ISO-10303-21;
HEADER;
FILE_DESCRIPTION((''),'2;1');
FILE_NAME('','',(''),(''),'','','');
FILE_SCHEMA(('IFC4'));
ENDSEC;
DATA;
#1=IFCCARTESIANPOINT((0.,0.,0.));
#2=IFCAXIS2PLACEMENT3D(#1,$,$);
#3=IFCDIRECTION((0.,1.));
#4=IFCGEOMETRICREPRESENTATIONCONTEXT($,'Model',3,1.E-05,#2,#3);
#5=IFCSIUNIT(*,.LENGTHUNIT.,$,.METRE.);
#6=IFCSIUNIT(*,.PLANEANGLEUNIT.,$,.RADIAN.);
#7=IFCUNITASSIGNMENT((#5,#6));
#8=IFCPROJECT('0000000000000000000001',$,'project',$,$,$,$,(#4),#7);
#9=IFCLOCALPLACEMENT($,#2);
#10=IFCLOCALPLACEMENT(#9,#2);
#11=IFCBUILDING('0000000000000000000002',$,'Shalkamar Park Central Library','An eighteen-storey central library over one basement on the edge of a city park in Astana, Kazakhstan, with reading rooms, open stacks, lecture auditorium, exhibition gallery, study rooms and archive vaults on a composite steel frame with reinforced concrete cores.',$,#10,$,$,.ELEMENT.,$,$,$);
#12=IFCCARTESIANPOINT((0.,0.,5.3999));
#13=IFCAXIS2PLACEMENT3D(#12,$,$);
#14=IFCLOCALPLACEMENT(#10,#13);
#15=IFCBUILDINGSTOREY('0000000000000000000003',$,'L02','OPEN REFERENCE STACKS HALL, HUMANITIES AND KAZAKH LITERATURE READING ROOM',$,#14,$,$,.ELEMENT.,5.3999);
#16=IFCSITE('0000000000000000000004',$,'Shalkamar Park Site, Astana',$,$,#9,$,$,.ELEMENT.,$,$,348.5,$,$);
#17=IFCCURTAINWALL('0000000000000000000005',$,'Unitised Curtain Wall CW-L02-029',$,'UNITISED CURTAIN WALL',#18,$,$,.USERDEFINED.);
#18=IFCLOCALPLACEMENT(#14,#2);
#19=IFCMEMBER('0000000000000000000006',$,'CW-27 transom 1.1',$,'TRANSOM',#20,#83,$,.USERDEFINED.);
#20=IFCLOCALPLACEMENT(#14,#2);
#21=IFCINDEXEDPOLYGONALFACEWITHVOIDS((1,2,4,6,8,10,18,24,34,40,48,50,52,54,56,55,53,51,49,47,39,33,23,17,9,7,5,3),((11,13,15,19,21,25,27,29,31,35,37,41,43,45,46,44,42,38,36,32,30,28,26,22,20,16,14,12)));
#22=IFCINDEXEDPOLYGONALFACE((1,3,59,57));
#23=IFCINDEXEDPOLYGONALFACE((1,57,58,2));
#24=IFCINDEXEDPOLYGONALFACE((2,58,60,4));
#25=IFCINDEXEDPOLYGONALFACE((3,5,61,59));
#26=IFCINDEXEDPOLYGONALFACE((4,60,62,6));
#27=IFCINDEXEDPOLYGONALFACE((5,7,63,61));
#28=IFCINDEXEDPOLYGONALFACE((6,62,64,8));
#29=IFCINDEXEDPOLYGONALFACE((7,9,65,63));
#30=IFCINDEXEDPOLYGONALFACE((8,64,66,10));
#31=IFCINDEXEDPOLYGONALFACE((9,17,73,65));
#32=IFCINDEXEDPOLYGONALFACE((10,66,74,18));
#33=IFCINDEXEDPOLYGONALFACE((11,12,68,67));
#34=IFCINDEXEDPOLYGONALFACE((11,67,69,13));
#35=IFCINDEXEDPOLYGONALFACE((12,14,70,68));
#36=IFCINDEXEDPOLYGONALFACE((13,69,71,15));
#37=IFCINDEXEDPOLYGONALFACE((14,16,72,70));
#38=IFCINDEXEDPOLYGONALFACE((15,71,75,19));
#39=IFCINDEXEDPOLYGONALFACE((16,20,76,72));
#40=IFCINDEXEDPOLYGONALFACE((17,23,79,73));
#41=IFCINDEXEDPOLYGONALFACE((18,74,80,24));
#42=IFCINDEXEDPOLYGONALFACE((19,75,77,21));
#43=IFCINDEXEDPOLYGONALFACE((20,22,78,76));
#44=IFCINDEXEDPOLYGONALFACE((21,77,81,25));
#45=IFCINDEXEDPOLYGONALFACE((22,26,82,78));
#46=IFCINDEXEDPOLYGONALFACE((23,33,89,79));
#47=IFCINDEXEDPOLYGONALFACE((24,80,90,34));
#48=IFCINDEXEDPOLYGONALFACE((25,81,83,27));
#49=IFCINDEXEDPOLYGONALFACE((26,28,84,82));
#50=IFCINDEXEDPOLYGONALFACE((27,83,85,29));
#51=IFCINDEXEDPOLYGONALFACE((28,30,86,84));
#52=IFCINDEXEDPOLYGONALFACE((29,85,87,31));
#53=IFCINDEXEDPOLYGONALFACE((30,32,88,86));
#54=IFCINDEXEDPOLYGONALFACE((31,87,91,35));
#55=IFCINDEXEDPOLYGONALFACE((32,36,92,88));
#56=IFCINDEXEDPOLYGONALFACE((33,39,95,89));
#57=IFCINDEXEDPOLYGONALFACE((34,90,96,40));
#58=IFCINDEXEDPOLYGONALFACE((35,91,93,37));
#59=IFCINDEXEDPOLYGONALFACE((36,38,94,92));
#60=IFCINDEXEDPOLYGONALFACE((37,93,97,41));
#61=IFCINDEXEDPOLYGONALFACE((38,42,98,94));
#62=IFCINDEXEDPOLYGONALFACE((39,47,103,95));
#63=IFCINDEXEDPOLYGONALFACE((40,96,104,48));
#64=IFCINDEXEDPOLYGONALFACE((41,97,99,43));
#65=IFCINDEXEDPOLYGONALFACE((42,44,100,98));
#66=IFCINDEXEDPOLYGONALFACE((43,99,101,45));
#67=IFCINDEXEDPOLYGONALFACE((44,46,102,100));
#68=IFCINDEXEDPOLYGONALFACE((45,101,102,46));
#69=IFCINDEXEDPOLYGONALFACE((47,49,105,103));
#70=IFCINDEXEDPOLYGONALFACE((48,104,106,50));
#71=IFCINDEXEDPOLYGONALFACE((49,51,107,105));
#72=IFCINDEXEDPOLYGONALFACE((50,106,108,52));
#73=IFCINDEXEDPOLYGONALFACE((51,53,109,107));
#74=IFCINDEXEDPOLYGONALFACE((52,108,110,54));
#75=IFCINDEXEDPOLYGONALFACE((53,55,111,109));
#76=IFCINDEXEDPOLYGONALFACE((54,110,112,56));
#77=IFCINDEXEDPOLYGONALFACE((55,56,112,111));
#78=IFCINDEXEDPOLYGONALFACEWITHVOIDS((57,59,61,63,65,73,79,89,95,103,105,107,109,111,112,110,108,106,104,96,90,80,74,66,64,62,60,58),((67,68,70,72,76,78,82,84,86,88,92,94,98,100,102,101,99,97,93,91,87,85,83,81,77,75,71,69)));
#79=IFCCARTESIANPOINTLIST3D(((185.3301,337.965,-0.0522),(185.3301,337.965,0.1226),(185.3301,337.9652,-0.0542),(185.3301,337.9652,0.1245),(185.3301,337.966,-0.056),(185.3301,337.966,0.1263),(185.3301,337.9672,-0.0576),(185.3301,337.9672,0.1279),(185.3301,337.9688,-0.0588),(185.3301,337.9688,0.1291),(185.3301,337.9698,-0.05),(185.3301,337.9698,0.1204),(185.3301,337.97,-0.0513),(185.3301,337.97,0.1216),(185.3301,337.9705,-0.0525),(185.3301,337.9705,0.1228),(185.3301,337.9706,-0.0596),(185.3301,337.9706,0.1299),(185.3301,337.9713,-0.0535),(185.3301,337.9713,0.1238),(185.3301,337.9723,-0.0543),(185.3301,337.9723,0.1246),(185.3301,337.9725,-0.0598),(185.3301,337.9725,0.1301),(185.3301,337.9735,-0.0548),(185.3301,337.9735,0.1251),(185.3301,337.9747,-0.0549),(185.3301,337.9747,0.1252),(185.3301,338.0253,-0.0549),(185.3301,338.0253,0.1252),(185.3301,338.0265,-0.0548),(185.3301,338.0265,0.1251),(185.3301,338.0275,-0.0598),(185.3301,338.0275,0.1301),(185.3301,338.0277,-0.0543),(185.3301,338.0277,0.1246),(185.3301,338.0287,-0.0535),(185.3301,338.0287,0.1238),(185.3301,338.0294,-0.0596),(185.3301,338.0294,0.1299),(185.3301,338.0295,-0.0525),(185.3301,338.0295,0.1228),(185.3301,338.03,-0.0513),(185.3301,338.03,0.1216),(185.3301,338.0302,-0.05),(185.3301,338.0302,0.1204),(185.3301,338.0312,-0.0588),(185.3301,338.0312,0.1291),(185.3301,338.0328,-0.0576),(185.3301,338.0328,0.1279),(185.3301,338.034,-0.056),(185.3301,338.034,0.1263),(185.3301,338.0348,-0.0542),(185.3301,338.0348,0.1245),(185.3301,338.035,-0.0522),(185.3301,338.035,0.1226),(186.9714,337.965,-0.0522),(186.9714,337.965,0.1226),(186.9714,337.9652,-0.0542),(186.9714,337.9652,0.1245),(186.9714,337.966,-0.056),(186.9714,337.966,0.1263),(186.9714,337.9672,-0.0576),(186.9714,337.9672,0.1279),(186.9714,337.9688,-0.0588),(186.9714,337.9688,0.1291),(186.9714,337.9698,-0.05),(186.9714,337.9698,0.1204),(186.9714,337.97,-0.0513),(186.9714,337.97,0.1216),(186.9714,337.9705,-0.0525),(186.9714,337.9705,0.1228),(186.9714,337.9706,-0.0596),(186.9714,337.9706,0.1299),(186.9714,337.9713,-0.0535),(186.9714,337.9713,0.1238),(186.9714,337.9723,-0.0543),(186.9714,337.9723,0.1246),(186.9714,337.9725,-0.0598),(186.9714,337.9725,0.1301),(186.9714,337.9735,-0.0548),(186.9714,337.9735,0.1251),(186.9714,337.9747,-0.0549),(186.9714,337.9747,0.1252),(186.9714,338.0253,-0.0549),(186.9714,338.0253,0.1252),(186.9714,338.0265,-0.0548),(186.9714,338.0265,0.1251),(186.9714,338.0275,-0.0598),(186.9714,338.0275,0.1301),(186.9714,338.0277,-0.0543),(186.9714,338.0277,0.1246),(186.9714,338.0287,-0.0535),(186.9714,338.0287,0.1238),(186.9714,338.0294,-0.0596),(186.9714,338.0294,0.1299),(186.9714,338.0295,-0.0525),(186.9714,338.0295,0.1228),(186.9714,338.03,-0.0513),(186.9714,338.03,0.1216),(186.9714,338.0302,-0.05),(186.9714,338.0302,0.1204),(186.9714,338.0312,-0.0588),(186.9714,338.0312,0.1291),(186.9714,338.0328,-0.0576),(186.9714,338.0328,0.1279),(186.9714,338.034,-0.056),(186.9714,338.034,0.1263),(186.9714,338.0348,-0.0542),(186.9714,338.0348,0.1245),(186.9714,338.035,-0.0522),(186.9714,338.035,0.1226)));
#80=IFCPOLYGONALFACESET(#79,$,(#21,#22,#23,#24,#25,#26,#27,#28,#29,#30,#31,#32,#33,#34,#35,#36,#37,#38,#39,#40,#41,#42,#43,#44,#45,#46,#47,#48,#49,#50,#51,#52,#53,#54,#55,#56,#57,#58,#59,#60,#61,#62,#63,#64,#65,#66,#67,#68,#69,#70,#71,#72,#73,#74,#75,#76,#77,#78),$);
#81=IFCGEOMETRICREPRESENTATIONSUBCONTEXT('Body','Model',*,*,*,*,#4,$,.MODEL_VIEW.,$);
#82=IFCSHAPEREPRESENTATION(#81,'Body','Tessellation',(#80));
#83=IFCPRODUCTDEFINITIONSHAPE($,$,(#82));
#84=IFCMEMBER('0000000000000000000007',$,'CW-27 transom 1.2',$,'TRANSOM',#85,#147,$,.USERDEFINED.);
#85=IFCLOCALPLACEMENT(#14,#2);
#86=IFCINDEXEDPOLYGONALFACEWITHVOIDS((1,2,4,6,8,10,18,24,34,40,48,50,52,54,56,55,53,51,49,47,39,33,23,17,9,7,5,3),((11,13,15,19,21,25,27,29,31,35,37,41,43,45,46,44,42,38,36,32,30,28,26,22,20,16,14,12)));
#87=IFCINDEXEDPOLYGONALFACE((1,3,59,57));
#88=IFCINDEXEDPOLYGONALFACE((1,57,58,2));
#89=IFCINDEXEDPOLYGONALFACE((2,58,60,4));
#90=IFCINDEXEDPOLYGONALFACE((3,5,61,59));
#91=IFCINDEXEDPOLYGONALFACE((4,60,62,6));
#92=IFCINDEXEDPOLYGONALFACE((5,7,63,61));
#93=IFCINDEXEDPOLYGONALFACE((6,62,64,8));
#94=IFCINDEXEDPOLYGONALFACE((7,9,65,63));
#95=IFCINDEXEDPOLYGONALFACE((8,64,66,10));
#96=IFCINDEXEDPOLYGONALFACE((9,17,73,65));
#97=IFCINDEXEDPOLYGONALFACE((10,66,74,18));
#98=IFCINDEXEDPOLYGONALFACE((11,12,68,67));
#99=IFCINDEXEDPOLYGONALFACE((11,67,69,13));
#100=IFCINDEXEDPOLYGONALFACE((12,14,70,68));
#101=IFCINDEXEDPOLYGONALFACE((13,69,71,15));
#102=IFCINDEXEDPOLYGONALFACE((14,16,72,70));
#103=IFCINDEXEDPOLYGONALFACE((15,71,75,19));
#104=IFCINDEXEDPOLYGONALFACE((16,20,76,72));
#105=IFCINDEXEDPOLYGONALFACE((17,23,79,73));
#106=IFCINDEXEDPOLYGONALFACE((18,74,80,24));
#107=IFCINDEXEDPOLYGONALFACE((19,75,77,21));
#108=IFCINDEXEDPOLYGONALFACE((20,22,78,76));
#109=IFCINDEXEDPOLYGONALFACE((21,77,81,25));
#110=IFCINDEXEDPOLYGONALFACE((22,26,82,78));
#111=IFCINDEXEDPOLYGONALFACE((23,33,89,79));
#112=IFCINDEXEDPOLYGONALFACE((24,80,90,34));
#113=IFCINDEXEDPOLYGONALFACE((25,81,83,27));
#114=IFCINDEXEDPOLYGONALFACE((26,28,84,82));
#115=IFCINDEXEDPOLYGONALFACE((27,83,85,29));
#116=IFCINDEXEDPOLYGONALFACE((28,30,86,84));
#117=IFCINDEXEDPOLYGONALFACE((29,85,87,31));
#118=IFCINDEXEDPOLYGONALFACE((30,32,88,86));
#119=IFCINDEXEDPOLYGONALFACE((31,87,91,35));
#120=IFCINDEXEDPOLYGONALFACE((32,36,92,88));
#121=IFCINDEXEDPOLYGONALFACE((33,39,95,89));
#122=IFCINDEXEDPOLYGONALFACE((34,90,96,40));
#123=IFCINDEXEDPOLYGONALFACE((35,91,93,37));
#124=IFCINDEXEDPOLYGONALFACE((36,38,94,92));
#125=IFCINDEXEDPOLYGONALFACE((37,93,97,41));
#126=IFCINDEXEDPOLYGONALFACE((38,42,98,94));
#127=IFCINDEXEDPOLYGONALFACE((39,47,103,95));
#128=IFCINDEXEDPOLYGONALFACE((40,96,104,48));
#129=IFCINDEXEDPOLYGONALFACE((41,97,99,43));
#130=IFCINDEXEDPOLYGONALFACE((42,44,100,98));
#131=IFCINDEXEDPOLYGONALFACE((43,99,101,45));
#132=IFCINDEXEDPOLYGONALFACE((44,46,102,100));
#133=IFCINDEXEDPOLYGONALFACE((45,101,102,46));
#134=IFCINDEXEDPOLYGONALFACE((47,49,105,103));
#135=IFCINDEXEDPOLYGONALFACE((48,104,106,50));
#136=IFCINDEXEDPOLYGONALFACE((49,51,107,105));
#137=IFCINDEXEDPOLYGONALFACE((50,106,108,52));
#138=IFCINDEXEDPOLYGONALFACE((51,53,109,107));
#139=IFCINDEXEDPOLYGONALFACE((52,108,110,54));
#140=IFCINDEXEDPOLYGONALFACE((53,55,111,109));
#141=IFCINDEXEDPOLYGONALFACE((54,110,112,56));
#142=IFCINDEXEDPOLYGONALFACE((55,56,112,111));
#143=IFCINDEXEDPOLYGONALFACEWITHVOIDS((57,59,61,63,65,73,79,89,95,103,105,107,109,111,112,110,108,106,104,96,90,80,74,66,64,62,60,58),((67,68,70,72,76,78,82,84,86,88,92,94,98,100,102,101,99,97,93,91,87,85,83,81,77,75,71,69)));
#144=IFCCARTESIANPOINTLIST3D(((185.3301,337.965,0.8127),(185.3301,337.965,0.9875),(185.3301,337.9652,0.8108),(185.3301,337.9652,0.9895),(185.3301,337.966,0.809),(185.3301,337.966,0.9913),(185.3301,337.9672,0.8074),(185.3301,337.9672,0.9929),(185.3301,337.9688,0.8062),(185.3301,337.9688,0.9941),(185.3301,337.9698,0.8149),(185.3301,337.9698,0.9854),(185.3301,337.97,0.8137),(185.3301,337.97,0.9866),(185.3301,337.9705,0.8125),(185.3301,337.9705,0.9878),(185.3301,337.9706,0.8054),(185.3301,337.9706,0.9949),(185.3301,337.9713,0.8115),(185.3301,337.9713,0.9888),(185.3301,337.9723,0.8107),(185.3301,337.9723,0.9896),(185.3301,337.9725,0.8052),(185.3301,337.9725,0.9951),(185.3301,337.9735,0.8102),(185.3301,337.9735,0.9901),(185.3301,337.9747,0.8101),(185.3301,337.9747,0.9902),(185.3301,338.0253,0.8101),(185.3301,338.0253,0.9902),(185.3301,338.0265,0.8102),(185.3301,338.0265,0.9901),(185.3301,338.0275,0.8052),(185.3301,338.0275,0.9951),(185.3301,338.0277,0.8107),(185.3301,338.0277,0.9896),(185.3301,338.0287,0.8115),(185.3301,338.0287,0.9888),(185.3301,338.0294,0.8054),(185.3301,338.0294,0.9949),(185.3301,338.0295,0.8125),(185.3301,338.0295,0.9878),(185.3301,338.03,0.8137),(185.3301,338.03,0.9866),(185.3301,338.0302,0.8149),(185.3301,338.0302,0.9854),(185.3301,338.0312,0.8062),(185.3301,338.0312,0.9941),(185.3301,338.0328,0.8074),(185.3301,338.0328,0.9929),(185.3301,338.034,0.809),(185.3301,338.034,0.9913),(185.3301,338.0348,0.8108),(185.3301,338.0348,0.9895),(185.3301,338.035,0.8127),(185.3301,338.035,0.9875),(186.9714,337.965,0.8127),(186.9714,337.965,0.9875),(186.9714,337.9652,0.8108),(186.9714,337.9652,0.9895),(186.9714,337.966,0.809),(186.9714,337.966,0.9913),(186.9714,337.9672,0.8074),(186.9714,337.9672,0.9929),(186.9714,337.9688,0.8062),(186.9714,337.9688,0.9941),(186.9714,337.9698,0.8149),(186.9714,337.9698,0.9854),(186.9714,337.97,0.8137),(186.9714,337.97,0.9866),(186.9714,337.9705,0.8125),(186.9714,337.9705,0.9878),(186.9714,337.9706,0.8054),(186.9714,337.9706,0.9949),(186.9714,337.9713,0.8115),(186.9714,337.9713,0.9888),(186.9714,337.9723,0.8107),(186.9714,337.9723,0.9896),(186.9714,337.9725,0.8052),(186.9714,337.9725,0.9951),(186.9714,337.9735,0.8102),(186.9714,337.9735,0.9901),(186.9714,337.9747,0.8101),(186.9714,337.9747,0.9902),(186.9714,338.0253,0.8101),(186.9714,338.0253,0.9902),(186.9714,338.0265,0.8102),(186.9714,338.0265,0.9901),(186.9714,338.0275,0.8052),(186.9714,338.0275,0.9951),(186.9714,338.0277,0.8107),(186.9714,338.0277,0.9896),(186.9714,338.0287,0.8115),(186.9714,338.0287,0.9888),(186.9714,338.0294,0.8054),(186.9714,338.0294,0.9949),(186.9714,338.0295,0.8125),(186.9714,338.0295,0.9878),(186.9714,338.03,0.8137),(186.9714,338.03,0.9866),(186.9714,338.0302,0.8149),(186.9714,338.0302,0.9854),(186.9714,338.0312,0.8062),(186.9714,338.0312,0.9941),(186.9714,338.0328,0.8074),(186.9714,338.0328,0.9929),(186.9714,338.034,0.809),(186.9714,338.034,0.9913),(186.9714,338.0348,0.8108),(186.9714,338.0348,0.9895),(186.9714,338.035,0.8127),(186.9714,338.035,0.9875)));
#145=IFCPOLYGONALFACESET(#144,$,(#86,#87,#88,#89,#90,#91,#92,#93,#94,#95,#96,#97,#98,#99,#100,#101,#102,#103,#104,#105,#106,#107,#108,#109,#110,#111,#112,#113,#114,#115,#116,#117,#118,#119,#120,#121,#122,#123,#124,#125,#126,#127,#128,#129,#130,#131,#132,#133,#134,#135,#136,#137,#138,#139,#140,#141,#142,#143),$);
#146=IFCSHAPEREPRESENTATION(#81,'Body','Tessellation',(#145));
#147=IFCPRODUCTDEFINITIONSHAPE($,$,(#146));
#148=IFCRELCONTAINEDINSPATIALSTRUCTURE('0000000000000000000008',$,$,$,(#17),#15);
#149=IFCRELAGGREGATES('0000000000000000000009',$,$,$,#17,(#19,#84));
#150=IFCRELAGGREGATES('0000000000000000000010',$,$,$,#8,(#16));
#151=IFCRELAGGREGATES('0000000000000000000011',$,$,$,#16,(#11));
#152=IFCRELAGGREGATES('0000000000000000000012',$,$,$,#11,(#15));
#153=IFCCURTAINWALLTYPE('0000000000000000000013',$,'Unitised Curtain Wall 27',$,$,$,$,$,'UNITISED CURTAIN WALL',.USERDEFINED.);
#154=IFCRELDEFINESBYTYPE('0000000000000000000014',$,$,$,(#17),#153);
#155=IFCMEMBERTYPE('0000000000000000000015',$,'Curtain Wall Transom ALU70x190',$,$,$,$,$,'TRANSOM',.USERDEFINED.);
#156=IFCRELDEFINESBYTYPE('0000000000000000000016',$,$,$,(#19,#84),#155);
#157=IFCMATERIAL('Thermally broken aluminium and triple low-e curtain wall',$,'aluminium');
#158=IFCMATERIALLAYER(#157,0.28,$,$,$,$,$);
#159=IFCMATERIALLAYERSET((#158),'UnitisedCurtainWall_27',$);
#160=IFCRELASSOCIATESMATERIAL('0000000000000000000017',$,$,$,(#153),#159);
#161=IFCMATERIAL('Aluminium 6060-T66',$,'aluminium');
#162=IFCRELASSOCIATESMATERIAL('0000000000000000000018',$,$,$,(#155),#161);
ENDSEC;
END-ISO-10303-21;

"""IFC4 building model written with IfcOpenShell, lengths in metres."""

from ifc_helpers import new_model, si_unit, direction, frame, origin, origin_2d, place, context, subcontext, project, spatial, hollow_rectangle, extrude, material, layer, layer_set, material_profile, profile_set, type_object, element, aggregate, save


model = new_model("IFC4")

# Units and contexts
model_context = context("Model", 3, precision=1e-05, world=origin(), true_north=direction((0.0, 1.0)))
body_context = subcontext(model_context, "Body", "Model", "MODEL_VIEW")
ifc_project = project(units=[si_unit("LENGTHUNIT", "METRE"), si_unit("PLANEANGLEUNIT", "RADIAN")], contexts=[model_context])

# Site, building, storey
site_placement = place(None, origin())
site = spatial("IfcSite", under=ifc_project, at=site_placement, Name="Shalkamar Park Site, Astana", CompositionType="ELEMENT", RefElevation=348.5)
building_placement = place(site_placement, origin())
building = spatial("IfcBuilding", under=site, at=building_placement, Name="Shalkamar Park Central Library", Description="An eighteen-storey central library over one basement on the edge of a city park in Astana, Kazakhstan, with reading rooms, open stacks, lecture auditorium, exhibition gallery, study rooms and archive vaults on a composite steel frame with reinforced concrete cores.", CompositionType="ELEMENT")
storey_placement = place(building_placement, frame((0.0, 0.0, 5.3999)))
storey = spatial("IfcBuildingStorey", under=building, at=storey_placement, Name="L02", Description="OPEN REFERENCE STACKS HALL, HUMANITIES AND KAZAKH LITERATURE READING ROOM", CompositionType="ELEMENT", Elevation=5.3999)

# Shared definitions
ifc_material_1 = material(Name="Thermally broken aluminium and triple low-e curtain wall", Category="aluminium")
ifc_material_2 = material(Name="Aluminium 6060-T66", Category="aluminium")

# Curtain wall
ifc_layer_1 = layer(ifc_material_1, 0.28)
ifc_layer_set_1 = layer_set([ifc_layer_1], Name="UnitisedCurtainWall_27")
curtain_wall_type_1 = type_object("IfcCurtainWallType", Name="Unitised Curtain Wall 27", ElementType="UNITISED CURTAIN WALL", PredefinedType="USERDEFINED", material=ifc_layer_set_1)
curtain_wall_1_placement = place(storey_placement, origin())
curtain_wall_1 = element("IfcCurtainWall", 1, at=curtain_wall_1_placement, inside=storey, type_object=curtain_wall_type_1, Name="Unitised Curtain Wall CW-L02-029", ObjectType="UNITISED CURTAIN WALL", PredefinedType="USERDEFINED")

# Members
ifc_material_profile_1 = material_profile(ifc_material_2, hollow_rectangle(XDim=0.0701, YDim=0.1899, WallThickness=0.0049, InnerFilletRadius=0.0049, OuterFilletRadius=0.0076, at=origin_2d()), Name="ALU 70x190x5")
ifc_profile_set_1 = profile_set([ifc_material_profile_1], Name="Aluminium 6060-T66")
member_type_1 = type_object("IfcMemberType", Name="Curtain Wall Transom ALU70x190", ElementType="TRANSOM", PredefinedType="USERDEFINED", material=ifc_profile_set_1)
member_1_placement = place(storey_placement, frame((185.3301, 338.0, 0.0352), z_axis=(1.0, 0.0, 0.0), x_axis=(0.0, 1.0, 0.0)))
member_1 = element("IfcMember", 2, at=member_1_placement, type_object=member_type_1, Name="CW-27 transom 1.1", ObjectType="TRANSOM", PredefinedType="USERDEFINED", context=body_context, shape_type="SweptSolid", body=[
    extrude(hollow_rectangle(XDim=0.0701, YDim=0.1899, WallThickness=0.0049, InnerFilletRadius=0.0049, OuterFilletRadius=0.0076, at=origin_2d()), origin(), (0.0, 0.0, 1.0), 1.6414),
])
member_2_placement = place(storey_placement, frame((185.3301, 338.0, 0.9001), z_axis=(1.0, 0.0, 0.0), x_axis=(0.0, 1.0, 0.0)))
member_2 = element("IfcMember", 3, at=member_2_placement, type_object=member_type_1, Name="CW-27 transom 1.2", ObjectType="TRANSOM", PredefinedType="USERDEFINED", context=body_context, shape_type="SweptSolid", body=[
    extrude(hollow_rectangle(XDim=0.0701, YDim=0.1899, WallThickness=0.0049, InnerFilletRadius=0.0049, OuterFilletRadius=0.0076, at=origin_2d()), origin(), (0.0, 0.0, 1.0), 1.6414),
])

aggregate(curtain_wall_1, [member_1, member_2])

save(model, "model.ifc")
